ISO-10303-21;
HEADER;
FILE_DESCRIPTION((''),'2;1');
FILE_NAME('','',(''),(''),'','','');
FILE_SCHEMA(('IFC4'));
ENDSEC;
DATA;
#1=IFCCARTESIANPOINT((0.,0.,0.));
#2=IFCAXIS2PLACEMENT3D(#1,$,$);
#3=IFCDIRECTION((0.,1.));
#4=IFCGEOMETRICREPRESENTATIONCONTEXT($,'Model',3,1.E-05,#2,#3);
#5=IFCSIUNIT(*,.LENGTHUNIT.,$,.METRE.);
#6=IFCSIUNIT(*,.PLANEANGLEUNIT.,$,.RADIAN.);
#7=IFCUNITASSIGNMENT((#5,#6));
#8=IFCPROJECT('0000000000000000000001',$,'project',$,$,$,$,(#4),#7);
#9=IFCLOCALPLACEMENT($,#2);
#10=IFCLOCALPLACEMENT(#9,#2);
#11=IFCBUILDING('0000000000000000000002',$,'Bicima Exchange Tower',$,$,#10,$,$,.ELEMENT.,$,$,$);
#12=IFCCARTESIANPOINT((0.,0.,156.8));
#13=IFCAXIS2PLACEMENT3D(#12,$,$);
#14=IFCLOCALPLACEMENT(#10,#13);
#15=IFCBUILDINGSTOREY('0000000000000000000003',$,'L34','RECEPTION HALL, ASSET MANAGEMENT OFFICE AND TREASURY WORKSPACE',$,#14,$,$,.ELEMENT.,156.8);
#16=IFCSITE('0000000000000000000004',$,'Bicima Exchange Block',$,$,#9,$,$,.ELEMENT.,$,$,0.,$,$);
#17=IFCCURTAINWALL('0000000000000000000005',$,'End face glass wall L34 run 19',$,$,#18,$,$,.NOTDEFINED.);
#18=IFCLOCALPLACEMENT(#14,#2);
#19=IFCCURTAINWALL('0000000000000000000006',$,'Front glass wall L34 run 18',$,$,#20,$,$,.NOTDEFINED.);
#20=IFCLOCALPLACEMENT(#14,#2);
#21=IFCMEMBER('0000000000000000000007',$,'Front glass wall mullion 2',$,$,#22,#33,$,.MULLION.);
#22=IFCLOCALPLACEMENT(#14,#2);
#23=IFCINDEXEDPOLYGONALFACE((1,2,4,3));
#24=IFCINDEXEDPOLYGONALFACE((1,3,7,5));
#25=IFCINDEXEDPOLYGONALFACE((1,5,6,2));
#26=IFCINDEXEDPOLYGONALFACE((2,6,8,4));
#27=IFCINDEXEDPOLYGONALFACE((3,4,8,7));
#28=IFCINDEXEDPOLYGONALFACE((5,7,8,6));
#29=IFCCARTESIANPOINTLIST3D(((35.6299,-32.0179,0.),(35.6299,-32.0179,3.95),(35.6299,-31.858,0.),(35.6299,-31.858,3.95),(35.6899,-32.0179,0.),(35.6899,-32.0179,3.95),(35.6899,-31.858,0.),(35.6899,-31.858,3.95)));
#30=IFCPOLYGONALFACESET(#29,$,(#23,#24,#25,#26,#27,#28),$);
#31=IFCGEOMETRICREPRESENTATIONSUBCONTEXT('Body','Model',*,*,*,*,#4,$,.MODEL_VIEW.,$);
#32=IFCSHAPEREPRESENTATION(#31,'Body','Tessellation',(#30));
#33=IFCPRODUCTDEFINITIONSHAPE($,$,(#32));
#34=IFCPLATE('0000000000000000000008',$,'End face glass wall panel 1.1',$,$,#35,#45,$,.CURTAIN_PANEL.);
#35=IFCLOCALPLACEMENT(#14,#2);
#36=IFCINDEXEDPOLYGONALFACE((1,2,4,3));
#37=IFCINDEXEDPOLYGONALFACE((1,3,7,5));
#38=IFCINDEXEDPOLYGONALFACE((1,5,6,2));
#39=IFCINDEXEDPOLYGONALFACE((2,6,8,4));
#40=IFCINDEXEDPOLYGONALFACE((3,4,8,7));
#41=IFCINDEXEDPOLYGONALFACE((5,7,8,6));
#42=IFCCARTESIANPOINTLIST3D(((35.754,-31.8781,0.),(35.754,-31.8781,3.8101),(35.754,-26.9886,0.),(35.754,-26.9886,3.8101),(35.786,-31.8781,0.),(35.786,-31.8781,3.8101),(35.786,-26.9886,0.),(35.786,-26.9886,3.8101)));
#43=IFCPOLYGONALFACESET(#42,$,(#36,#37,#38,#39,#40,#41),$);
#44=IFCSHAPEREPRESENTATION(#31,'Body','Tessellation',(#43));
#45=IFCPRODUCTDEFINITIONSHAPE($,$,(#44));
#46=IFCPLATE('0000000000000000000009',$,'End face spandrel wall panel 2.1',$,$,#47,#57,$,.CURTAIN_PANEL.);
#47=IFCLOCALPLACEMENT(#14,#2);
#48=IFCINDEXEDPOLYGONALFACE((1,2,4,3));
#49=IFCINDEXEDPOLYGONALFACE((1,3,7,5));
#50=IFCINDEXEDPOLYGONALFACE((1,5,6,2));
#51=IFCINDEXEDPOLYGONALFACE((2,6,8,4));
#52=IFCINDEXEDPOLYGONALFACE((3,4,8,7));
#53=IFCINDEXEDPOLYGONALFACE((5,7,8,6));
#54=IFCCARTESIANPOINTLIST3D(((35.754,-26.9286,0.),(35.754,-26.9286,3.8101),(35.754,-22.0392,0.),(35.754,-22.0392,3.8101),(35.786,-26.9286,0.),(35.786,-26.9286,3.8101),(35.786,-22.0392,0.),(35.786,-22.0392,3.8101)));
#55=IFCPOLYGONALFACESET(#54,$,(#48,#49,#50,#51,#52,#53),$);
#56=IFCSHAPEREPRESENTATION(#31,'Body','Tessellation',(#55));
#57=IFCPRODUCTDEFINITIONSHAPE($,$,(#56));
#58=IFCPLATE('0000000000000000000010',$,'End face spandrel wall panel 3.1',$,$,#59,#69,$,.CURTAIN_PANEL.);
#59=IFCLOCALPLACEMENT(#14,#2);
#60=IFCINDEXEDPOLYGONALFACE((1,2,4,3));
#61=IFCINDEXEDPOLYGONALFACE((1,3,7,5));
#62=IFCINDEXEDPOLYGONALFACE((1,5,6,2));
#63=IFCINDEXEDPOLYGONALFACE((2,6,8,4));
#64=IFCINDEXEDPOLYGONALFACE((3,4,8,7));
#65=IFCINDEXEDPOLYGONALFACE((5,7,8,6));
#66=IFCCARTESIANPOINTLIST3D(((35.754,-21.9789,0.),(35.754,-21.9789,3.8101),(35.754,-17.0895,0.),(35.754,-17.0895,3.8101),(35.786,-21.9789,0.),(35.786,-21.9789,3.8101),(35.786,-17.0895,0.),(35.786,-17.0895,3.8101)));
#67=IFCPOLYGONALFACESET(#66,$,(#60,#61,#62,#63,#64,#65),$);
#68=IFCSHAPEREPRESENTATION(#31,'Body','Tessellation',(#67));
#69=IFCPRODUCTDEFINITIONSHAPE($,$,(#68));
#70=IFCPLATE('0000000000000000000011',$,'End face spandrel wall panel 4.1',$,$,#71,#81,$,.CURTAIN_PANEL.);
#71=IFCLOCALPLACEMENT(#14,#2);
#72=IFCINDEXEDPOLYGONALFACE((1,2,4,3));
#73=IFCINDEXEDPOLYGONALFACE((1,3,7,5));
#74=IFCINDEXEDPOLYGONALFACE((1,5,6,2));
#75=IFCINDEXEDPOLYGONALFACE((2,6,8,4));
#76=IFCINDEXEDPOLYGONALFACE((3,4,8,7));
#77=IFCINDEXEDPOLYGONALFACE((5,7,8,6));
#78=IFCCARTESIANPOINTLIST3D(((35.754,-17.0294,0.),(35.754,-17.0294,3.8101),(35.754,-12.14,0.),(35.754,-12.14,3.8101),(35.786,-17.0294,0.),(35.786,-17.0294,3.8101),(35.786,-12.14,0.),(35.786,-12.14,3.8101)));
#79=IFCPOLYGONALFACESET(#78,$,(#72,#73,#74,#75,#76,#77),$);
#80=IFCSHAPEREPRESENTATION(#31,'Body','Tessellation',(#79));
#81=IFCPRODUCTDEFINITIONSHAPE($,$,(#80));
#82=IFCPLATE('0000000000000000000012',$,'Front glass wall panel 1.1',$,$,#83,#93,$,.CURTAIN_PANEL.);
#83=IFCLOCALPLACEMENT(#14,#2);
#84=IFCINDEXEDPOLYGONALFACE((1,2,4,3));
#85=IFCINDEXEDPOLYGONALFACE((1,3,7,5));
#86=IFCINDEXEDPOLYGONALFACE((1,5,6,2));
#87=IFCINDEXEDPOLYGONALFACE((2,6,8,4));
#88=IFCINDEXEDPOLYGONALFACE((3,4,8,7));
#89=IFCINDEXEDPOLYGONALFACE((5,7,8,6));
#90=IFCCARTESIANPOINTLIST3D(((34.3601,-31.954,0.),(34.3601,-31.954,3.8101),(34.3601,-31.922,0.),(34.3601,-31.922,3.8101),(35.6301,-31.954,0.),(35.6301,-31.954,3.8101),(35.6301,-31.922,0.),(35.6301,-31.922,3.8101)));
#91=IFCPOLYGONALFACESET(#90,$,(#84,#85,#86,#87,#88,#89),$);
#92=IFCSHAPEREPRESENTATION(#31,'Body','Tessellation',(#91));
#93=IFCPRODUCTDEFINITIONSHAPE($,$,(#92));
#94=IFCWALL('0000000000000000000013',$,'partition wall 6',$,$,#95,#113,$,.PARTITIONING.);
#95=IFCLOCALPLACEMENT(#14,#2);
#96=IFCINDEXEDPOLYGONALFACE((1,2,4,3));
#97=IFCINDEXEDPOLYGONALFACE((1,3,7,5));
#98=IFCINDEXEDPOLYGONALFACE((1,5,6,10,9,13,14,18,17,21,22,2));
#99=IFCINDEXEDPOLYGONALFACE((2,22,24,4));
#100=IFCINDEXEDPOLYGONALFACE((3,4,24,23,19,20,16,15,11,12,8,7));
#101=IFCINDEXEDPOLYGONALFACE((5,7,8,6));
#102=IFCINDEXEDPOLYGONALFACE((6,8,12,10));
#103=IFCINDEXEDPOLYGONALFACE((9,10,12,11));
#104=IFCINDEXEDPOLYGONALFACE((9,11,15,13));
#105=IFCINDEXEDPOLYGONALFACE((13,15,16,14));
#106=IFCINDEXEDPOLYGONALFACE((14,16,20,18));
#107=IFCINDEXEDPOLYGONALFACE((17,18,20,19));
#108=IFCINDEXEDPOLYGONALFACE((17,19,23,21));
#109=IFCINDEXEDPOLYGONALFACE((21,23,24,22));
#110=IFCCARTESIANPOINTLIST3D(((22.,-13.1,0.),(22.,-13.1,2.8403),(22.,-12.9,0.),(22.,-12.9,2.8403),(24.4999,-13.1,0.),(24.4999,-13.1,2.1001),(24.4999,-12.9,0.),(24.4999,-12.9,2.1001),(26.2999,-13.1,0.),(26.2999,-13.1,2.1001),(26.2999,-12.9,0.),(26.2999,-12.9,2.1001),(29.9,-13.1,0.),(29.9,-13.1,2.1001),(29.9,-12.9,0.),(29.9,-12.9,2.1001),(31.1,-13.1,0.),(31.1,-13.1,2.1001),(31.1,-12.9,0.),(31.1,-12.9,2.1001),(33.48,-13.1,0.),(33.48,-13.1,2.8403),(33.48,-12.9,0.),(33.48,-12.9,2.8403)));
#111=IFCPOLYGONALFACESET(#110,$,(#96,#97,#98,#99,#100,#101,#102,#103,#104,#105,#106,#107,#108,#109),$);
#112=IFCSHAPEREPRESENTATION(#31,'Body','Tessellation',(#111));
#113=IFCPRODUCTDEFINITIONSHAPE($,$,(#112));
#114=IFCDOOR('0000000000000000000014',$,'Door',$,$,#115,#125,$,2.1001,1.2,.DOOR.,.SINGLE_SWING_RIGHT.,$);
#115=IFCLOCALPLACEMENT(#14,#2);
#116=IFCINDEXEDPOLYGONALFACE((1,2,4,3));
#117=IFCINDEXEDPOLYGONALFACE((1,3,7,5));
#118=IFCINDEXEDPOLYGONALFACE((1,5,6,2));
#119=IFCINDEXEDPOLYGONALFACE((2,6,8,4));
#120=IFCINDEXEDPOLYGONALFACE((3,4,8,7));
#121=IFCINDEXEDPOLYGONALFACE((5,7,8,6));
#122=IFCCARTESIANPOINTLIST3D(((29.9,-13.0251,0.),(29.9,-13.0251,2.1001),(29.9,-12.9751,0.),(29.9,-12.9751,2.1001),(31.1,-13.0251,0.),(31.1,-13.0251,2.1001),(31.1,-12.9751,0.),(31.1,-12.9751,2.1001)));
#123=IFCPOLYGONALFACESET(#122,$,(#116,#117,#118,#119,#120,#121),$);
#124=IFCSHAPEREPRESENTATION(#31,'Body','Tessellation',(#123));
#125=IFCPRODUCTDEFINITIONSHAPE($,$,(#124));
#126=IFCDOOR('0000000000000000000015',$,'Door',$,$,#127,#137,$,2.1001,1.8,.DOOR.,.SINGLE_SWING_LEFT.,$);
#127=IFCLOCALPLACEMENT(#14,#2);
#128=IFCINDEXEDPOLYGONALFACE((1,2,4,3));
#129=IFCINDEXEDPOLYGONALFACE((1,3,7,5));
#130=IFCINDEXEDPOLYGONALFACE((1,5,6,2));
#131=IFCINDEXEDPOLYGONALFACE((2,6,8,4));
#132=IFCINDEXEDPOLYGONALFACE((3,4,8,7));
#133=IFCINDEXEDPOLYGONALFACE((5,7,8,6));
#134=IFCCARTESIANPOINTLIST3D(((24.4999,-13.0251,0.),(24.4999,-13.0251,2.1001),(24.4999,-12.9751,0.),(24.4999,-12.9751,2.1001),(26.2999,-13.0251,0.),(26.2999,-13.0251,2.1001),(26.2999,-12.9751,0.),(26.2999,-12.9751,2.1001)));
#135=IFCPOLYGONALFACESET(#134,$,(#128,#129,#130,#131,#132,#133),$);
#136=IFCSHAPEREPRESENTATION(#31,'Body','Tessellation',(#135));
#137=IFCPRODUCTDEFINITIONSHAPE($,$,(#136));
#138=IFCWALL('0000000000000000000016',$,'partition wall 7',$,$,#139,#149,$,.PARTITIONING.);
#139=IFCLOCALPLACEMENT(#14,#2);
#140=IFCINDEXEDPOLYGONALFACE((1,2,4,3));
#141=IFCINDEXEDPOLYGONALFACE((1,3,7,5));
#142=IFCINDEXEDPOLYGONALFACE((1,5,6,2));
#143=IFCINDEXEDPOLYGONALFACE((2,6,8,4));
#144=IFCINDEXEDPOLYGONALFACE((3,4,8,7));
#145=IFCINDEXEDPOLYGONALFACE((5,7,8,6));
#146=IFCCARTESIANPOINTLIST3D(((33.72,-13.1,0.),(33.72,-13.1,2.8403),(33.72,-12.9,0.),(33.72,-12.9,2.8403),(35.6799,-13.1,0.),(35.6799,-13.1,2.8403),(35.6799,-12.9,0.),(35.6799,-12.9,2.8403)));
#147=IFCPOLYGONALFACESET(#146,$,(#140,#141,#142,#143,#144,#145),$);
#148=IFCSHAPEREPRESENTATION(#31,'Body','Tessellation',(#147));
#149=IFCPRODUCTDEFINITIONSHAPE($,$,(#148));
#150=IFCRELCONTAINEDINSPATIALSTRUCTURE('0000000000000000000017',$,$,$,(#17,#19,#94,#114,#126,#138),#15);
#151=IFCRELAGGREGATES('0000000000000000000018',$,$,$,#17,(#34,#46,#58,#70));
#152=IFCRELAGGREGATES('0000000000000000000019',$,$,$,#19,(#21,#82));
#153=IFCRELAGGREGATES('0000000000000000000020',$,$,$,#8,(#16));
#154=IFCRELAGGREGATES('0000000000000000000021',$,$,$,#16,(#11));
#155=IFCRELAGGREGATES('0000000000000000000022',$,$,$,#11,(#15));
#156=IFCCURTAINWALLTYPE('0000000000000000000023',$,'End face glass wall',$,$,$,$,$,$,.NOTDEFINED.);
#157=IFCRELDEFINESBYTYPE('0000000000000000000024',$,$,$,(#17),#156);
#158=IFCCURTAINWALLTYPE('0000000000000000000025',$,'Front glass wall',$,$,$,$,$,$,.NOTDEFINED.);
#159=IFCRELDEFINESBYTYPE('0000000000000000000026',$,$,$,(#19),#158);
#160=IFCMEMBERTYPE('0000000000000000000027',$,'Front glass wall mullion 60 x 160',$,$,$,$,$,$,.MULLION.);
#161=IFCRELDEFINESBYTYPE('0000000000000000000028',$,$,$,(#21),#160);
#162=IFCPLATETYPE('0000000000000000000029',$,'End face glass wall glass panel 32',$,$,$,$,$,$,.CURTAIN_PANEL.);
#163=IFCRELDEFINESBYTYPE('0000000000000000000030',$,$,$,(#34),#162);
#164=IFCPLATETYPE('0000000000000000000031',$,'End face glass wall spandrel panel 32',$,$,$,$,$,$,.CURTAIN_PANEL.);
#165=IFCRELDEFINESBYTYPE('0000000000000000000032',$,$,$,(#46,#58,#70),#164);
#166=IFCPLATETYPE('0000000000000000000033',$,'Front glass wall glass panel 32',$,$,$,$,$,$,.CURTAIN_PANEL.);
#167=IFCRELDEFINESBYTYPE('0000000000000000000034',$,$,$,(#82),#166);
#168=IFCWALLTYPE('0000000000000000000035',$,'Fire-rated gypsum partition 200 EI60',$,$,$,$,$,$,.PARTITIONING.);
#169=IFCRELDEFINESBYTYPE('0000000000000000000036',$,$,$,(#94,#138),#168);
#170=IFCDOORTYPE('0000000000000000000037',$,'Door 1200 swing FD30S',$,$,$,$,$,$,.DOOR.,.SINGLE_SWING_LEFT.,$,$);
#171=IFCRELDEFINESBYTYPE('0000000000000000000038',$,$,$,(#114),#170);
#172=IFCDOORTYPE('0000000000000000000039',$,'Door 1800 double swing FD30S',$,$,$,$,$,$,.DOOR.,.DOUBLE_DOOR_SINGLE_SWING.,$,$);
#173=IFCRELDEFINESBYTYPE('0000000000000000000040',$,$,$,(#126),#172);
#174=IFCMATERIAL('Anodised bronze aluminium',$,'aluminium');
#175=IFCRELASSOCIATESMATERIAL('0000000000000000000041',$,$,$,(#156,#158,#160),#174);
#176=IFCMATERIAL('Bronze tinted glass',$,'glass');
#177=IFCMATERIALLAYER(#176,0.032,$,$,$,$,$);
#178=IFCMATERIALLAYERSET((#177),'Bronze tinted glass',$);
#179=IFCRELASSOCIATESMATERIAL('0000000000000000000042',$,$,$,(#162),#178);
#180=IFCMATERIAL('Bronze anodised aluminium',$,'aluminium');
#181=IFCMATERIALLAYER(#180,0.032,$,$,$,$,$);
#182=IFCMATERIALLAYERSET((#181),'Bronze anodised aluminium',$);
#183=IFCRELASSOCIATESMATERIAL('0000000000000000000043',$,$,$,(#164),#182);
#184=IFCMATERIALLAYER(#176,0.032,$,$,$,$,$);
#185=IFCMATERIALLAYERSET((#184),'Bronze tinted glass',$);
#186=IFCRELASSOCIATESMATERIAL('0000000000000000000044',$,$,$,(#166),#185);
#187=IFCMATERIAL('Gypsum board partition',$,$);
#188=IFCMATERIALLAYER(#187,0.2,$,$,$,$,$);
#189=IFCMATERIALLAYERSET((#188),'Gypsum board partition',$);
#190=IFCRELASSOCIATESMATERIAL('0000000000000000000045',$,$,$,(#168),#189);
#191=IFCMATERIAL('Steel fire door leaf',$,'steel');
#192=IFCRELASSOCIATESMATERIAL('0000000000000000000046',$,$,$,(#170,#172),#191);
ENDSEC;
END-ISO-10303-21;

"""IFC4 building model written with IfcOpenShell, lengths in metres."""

from ifc_helpers import new_model, si_unit, direction, frame, frame_2d, origin, origin_2d, place, context, subcontext, project, spatial, rectangle, extrude, material, layer, layer_set, material_profile, profile_set, type_object, element, fill, aggregate, save


model = new_model("IFC4")

# Units and contexts
model_context = context("Model", 3, precision=1e-05, world=origin(), true_north=direction((0.0, 1.0)))
body_context = subcontext(model_context, "Body", "Model", "MODEL_VIEW")
ifc_project = project(units=[si_unit("LENGTHUNIT", "METRE"), si_unit("PLANEANGLEUNIT", "RADIAN")], contexts=[model_context])

# Site, building, storey
site_placement = place(None, origin())
site = spatial("IfcSite", under=ifc_project, at=site_placement, Name="Bicima Exchange Block", CompositionType="ELEMENT", RefElevation=0.0)
building_placement = place(site_placement, origin())
building = spatial("IfcBuilding", under=site, at=building_placement, Name="Bicima Exchange Tower", CompositionType="ELEMENT")
storey_placement = place(building_placement, frame((0.0, 0.0, 156.8)))
storey = spatial("IfcBuildingStorey", under=building, at=storey_placement, Name="L34", Description="RECEPTION HALL, ASSET MANAGEMENT OFFICE AND TREASURY WORKSPACE", CompositionType="ELEMENT", Elevation=156.8)

# Curtain wall
ifc_material_1 = material(Name="Anodised bronze aluminium", Category="aluminium")
curtain_wall_type_1 = type_object("IfcCurtainWallType", Name="End face glass wall", PredefinedType="NOTDEFINED", material=ifc_material_1)
curtain_wall_1_placement = place(storey_placement, origin())
curtain_wall_1 = element("IfcCurtainWall", 1, at=curtain_wall_1_placement, inside=storey, type_object=curtain_wall_type_1, Name="End face glass wall L34 run 19", PredefinedType="NOTDEFINED")
ifc_material_profile_1 = material_profile(ifc_material_1, rectangle(XDim=0.1599, YDim=0.0601, at=origin_2d()))
ifc_profile_set_1 = profile_set([ifc_material_profile_1], Name="Anodised bronze aluminium")

# Curtain wall, member
curtain_wall_type_2 = type_object("IfcCurtainWallType", Name="Front glass wall", PredefinedType="NOTDEFINED", material=ifc_material_1)
curtain_wall_2_placement = place(storey_placement, origin())
curtain_wall_2 = element("IfcCurtainWall", 2, at=curtain_wall_2_placement, inside=storey, type_object=curtain_wall_type_2, Name="Front glass wall L34 run 18", PredefinedType="NOTDEFINED")
member_type_1 = type_object("IfcMemberType", Name="Front glass wall mullion 60 x 160", PredefinedType="MULLION", material=ifc_profile_set_1)
member_1_placement = place(storey_placement, frame((35.6599, -31.938, 0.0), z_axis=(0.0, 0.0, 1.0), x_axis=(0.0, 1.0, 0.0)))
member_1 = element("IfcMember", 3, at=member_1_placement, type_object=member_type_1, Name="Front glass wall mullion 2", PredefinedType="MULLION", context=body_context, shape_type="SweptSolid", body=[
    extrude(rectangle(XDim=0.1599, YDim=0.0601, at=origin_2d()), origin(), (0.0, 0.0, 1.0), 3.95),
])

# Plates
ifc_material_2 = material(Name="Bronze tinted glass", Category="glass")
ifc_layer_1 = layer(ifc_material_2, 0.032)
ifc_layer_set_1 = layer_set([ifc_layer_1], Name="Bronze tinted glass")
plate_type_1 = type_object("IfcPlateType", Name="End face glass wall glass panel 32", PredefinedType="CURTAIN_PANEL", material=ifc_layer_set_1)
plate_1_placement = place(storey_placement, frame((35.77, -29.4333, 0.0), z_axis=(0.0, 0.0, 1.0), x_axis=(0.0, 1.0, 0.0)))
plate_1 = element("IfcPlate", 4, at=plate_1_placement, type_object=plate_type_1, Name="End face glass wall panel 1.1", PredefinedType="CURTAIN_PANEL", context=body_context, shape_type="SweptSolid", body=[
    extrude(rectangle(XDim=4.8894, YDim=0.032, at=origin_2d()), origin(), (0.0, 0.0, 1.0), 3.8101),
])
ifc_material_3 = material(Name="Bronze anodised aluminium", Category="aluminium")
ifc_layer_2 = layer(ifc_material_3, 0.032)
ifc_layer_set_2 = layer_set([ifc_layer_2], Name="Bronze anodised aluminium")
plate_type_2 = type_object("IfcPlateType", Name="End face glass wall spandrel panel 32", PredefinedType="CURTAIN_PANEL", material=ifc_layer_set_2)
plate_2_placement = place(storey_placement, frame((35.77, -24.4839, 0.0), z_axis=(0.0, 0.0, 1.0), x_axis=(0.0, 1.0, 0.0)))
plate_2 = element("IfcPlate", 5, at=plate_2_placement, type_object=plate_type_2, Name="End face spandrel wall panel 2.1", PredefinedType="CURTAIN_PANEL", context=body_context, shape_type="SweptSolid", body=[
    extrude(rectangle(XDim=4.8894, YDim=0.032, at=origin_2d()), origin(), (0.0, 0.0, 1.0), 3.8101),
])
plate_3_placement = place(storey_placement, frame((35.77, -19.5342, 0.0), z_axis=(0.0, 0.0, 1.0), x_axis=(0.0, 1.0, 0.0)))
plate_3 = element("IfcPlate", 6, at=plate_3_placement, type_object=plate_type_2, Name="End face spandrel wall panel 3.1", PredefinedType="CURTAIN_PANEL", context=body_context, shape_type="SweptSolid", body=[
    extrude(rectangle(XDim=4.8894, YDim=0.032, at=origin_2d()), origin(), (0.0, 0.0, 1.0), 3.8101),
])
plate_4_placement = place(storey_placement, frame((35.77, -14.5847, 0.0), z_axis=(0.0, 0.0, 1.0), x_axis=(0.0, 1.0, 0.0)))
plate_4 = element("IfcPlate", 7, at=plate_4_placement, type_object=plate_type_2, Name="End face spandrel wall panel 4.1", PredefinedType="CURTAIN_PANEL", context=body_context, shape_type="SweptSolid", body=[
    extrude(rectangle(XDim=4.8894, YDim=0.032, at=origin_2d()), origin(), (0.0, 0.0, 1.0), 3.8101),
])
aggregate(curtain_wall_1, [plate_1, plate_2, plate_3, plate_4])
ifc_layer_3 = layer(ifc_material_2, 0.032)
ifc_layer_set_3 = layer_set([ifc_layer_3], Name="Bronze tinted glass")
plate_type_3 = type_object("IfcPlateType", Name="Front glass wall glass panel 32", PredefinedType="CURTAIN_PANEL", material=ifc_layer_set_3)
plate_5_placement = place(storey_placement, frame((34.9951, -31.938, 0.0), z_axis=(0.0, 0.0, 1.0), x_axis=(1.0, 0.0, 0.0)))
plate_5 = element("IfcPlate", 8, at=plate_5_placement, type_object=plate_type_3, Name="Front glass wall panel 1.1", PredefinedType="CURTAIN_PANEL", context=body_context, shape_type="SweptSolid", body=[
    extrude(rectangle(XDim=1.27, YDim=0.032, at=origin_2d()), origin(), (0.0, 0.0, 1.0), 3.8101),
])
aggregate(curtain_wall_2, [member_1, plate_5])

# Wall, openings, doors
ifc_material_4 = material(Name="Gypsum board partition")
ifc_layer_4 = layer(ifc_material_4, 0.2)
ifc_layer_set_4 = layer_set([ifc_layer_4], Name="Gypsum board partition")
wall_type = type_object("IfcWallType", Name="Fire-rated gypsum partition 200 EI60", PredefinedType="PARTITIONING", material=ifc_layer_set_4)
wall_1_placement = place(storey_placement, frame((22.0, -13.0, 0.0), z_axis=(0.0, 0.0, 1.0), x_axis=(1.0, 0.0, 0.0)))
wall_1 = element("IfcWall", 9, at=wall_1_placement, inside=storey, type_object=wall_type, Name="partition wall 6", PredefinedType="PARTITIONING", context=body_context, shape_type="SweptSolid", body=[
    extrude(rectangle(XDim=11.48, YDim=0.2, at=frame_2d((5.74, 0.0))), origin(), (0.0, 0.0, 1.0), 2.8403),
])
opening_1_placement = place(wall_1_placement, frame((7.8999, 0.0, 0.0)))
opening_1 = element("IfcOpeningElement", 10, at=opening_1_placement, cuts=wall_1, PredefinedType="OPENING", context=body_context, shape_type="SweptSolid", body=[
    extrude(rectangle(XDim=1.2, YDim=2.1001, at=frame_2d((0.6001, 1.05))), frame((0.0, 0.1118, 0.0), z_axis=(0.0, -1.0, 0.0), x_axis=(1.0, 0.0, 0.0)), (0.0, 0.0, 1.0), 0.2239),
])
opening_2_placement = place(wall_1_placement, frame((2.5, 0.0, 0.0)))
opening_2 = element("IfcOpeningElement", 11, at=opening_2_placement, cuts=wall_1, PredefinedType="OPENING", context=body_context, shape_type="SweptSolid", body=[
    extrude(rectangle(XDim=1.8, YDim=2.1001, at=frame_2d((0.8999, 1.05))), frame((0.0, 0.1118, 0.0), z_axis=(0.0, -1.0, 0.0), x_axis=(1.0, 0.0, 0.0)), (0.0, 0.0, 1.0), 0.2239),
])
ifc_material_5 = material(Name="Steel fire door leaf", Category="steel")
door_type_1 = type_object("IfcDoorType", Name="Door 1200 swing FD30S", OperationType="SINGLE_SWING_LEFT", PredefinedType="DOOR", material=ifc_material_5)
door_1_placement = place(opening_1_placement, origin())
door_1 = element("IfcDoor", 12, at=door_1_placement, inside=storey, type_object=door_type_1, Name="Door", OperationType="SINGLE_SWING_RIGHT", OverallHeight=2.1001, OverallWidth=1.2, PredefinedType="DOOR", context=body_context, shape_type="SweptSolid", body=[
    extrude(rectangle(XDim=1.2, YDim=2.1001, at=frame_2d((0.6001, 1.05))), frame((0.0, 0.0249, 0.0), z_axis=(0.0, -1.0, 0.0), x_axis=(1.0, 0.0, 0.0)), (0.0, 0.0, 1.0), 0.05),
])
fill(opening_1, door_1)
door_type_2 = type_object("IfcDoorType", Name="Door 1800 double swing FD30S", OperationType="DOUBLE_DOOR_SINGLE_SWING", PredefinedType="DOOR", material=ifc_material_5)
door_2_placement = place(opening_2_placement, origin())
door_2 = element("IfcDoor", 13, at=door_2_placement, inside=storey, type_object=door_type_2, Name="Door", OperationType="SINGLE_SWING_LEFT", OverallHeight=2.1001, OverallWidth=1.8, PredefinedType="DOOR", context=body_context, shape_type="SweptSolid", body=[
    extrude(rectangle(XDim=1.8, YDim=2.1001, at=frame_2d((0.8999, 1.05))), frame((0.0, 0.0249, 0.0), z_axis=(0.0, -1.0, 0.0), x_axis=(1.0, 0.0, 0.0)), (0.0, 0.0, 1.0), 0.05),
])
fill(opening_2, door_2)

# Wall
wall_2_placement = place(storey_placement, frame((33.72, -13.0, 0.0), z_axis=(0.0, 0.0, 1.0), x_axis=(1.0, 0.0, 0.0)))
element("IfcWall", 14, at=wall_2_placement, inside=storey, type_object=wall_type, Name="partition wall 7", PredefinedType="PARTITIONING", context=body_context, shape_type="SweptSolid", body=[
    extrude(rectangle(XDim=1.96, YDim=0.2, at=frame_2d((0.98, 0.0))), origin(), (0.0, 0.0, 1.0), 2.8403),
])

save(model, "model.ifc")
